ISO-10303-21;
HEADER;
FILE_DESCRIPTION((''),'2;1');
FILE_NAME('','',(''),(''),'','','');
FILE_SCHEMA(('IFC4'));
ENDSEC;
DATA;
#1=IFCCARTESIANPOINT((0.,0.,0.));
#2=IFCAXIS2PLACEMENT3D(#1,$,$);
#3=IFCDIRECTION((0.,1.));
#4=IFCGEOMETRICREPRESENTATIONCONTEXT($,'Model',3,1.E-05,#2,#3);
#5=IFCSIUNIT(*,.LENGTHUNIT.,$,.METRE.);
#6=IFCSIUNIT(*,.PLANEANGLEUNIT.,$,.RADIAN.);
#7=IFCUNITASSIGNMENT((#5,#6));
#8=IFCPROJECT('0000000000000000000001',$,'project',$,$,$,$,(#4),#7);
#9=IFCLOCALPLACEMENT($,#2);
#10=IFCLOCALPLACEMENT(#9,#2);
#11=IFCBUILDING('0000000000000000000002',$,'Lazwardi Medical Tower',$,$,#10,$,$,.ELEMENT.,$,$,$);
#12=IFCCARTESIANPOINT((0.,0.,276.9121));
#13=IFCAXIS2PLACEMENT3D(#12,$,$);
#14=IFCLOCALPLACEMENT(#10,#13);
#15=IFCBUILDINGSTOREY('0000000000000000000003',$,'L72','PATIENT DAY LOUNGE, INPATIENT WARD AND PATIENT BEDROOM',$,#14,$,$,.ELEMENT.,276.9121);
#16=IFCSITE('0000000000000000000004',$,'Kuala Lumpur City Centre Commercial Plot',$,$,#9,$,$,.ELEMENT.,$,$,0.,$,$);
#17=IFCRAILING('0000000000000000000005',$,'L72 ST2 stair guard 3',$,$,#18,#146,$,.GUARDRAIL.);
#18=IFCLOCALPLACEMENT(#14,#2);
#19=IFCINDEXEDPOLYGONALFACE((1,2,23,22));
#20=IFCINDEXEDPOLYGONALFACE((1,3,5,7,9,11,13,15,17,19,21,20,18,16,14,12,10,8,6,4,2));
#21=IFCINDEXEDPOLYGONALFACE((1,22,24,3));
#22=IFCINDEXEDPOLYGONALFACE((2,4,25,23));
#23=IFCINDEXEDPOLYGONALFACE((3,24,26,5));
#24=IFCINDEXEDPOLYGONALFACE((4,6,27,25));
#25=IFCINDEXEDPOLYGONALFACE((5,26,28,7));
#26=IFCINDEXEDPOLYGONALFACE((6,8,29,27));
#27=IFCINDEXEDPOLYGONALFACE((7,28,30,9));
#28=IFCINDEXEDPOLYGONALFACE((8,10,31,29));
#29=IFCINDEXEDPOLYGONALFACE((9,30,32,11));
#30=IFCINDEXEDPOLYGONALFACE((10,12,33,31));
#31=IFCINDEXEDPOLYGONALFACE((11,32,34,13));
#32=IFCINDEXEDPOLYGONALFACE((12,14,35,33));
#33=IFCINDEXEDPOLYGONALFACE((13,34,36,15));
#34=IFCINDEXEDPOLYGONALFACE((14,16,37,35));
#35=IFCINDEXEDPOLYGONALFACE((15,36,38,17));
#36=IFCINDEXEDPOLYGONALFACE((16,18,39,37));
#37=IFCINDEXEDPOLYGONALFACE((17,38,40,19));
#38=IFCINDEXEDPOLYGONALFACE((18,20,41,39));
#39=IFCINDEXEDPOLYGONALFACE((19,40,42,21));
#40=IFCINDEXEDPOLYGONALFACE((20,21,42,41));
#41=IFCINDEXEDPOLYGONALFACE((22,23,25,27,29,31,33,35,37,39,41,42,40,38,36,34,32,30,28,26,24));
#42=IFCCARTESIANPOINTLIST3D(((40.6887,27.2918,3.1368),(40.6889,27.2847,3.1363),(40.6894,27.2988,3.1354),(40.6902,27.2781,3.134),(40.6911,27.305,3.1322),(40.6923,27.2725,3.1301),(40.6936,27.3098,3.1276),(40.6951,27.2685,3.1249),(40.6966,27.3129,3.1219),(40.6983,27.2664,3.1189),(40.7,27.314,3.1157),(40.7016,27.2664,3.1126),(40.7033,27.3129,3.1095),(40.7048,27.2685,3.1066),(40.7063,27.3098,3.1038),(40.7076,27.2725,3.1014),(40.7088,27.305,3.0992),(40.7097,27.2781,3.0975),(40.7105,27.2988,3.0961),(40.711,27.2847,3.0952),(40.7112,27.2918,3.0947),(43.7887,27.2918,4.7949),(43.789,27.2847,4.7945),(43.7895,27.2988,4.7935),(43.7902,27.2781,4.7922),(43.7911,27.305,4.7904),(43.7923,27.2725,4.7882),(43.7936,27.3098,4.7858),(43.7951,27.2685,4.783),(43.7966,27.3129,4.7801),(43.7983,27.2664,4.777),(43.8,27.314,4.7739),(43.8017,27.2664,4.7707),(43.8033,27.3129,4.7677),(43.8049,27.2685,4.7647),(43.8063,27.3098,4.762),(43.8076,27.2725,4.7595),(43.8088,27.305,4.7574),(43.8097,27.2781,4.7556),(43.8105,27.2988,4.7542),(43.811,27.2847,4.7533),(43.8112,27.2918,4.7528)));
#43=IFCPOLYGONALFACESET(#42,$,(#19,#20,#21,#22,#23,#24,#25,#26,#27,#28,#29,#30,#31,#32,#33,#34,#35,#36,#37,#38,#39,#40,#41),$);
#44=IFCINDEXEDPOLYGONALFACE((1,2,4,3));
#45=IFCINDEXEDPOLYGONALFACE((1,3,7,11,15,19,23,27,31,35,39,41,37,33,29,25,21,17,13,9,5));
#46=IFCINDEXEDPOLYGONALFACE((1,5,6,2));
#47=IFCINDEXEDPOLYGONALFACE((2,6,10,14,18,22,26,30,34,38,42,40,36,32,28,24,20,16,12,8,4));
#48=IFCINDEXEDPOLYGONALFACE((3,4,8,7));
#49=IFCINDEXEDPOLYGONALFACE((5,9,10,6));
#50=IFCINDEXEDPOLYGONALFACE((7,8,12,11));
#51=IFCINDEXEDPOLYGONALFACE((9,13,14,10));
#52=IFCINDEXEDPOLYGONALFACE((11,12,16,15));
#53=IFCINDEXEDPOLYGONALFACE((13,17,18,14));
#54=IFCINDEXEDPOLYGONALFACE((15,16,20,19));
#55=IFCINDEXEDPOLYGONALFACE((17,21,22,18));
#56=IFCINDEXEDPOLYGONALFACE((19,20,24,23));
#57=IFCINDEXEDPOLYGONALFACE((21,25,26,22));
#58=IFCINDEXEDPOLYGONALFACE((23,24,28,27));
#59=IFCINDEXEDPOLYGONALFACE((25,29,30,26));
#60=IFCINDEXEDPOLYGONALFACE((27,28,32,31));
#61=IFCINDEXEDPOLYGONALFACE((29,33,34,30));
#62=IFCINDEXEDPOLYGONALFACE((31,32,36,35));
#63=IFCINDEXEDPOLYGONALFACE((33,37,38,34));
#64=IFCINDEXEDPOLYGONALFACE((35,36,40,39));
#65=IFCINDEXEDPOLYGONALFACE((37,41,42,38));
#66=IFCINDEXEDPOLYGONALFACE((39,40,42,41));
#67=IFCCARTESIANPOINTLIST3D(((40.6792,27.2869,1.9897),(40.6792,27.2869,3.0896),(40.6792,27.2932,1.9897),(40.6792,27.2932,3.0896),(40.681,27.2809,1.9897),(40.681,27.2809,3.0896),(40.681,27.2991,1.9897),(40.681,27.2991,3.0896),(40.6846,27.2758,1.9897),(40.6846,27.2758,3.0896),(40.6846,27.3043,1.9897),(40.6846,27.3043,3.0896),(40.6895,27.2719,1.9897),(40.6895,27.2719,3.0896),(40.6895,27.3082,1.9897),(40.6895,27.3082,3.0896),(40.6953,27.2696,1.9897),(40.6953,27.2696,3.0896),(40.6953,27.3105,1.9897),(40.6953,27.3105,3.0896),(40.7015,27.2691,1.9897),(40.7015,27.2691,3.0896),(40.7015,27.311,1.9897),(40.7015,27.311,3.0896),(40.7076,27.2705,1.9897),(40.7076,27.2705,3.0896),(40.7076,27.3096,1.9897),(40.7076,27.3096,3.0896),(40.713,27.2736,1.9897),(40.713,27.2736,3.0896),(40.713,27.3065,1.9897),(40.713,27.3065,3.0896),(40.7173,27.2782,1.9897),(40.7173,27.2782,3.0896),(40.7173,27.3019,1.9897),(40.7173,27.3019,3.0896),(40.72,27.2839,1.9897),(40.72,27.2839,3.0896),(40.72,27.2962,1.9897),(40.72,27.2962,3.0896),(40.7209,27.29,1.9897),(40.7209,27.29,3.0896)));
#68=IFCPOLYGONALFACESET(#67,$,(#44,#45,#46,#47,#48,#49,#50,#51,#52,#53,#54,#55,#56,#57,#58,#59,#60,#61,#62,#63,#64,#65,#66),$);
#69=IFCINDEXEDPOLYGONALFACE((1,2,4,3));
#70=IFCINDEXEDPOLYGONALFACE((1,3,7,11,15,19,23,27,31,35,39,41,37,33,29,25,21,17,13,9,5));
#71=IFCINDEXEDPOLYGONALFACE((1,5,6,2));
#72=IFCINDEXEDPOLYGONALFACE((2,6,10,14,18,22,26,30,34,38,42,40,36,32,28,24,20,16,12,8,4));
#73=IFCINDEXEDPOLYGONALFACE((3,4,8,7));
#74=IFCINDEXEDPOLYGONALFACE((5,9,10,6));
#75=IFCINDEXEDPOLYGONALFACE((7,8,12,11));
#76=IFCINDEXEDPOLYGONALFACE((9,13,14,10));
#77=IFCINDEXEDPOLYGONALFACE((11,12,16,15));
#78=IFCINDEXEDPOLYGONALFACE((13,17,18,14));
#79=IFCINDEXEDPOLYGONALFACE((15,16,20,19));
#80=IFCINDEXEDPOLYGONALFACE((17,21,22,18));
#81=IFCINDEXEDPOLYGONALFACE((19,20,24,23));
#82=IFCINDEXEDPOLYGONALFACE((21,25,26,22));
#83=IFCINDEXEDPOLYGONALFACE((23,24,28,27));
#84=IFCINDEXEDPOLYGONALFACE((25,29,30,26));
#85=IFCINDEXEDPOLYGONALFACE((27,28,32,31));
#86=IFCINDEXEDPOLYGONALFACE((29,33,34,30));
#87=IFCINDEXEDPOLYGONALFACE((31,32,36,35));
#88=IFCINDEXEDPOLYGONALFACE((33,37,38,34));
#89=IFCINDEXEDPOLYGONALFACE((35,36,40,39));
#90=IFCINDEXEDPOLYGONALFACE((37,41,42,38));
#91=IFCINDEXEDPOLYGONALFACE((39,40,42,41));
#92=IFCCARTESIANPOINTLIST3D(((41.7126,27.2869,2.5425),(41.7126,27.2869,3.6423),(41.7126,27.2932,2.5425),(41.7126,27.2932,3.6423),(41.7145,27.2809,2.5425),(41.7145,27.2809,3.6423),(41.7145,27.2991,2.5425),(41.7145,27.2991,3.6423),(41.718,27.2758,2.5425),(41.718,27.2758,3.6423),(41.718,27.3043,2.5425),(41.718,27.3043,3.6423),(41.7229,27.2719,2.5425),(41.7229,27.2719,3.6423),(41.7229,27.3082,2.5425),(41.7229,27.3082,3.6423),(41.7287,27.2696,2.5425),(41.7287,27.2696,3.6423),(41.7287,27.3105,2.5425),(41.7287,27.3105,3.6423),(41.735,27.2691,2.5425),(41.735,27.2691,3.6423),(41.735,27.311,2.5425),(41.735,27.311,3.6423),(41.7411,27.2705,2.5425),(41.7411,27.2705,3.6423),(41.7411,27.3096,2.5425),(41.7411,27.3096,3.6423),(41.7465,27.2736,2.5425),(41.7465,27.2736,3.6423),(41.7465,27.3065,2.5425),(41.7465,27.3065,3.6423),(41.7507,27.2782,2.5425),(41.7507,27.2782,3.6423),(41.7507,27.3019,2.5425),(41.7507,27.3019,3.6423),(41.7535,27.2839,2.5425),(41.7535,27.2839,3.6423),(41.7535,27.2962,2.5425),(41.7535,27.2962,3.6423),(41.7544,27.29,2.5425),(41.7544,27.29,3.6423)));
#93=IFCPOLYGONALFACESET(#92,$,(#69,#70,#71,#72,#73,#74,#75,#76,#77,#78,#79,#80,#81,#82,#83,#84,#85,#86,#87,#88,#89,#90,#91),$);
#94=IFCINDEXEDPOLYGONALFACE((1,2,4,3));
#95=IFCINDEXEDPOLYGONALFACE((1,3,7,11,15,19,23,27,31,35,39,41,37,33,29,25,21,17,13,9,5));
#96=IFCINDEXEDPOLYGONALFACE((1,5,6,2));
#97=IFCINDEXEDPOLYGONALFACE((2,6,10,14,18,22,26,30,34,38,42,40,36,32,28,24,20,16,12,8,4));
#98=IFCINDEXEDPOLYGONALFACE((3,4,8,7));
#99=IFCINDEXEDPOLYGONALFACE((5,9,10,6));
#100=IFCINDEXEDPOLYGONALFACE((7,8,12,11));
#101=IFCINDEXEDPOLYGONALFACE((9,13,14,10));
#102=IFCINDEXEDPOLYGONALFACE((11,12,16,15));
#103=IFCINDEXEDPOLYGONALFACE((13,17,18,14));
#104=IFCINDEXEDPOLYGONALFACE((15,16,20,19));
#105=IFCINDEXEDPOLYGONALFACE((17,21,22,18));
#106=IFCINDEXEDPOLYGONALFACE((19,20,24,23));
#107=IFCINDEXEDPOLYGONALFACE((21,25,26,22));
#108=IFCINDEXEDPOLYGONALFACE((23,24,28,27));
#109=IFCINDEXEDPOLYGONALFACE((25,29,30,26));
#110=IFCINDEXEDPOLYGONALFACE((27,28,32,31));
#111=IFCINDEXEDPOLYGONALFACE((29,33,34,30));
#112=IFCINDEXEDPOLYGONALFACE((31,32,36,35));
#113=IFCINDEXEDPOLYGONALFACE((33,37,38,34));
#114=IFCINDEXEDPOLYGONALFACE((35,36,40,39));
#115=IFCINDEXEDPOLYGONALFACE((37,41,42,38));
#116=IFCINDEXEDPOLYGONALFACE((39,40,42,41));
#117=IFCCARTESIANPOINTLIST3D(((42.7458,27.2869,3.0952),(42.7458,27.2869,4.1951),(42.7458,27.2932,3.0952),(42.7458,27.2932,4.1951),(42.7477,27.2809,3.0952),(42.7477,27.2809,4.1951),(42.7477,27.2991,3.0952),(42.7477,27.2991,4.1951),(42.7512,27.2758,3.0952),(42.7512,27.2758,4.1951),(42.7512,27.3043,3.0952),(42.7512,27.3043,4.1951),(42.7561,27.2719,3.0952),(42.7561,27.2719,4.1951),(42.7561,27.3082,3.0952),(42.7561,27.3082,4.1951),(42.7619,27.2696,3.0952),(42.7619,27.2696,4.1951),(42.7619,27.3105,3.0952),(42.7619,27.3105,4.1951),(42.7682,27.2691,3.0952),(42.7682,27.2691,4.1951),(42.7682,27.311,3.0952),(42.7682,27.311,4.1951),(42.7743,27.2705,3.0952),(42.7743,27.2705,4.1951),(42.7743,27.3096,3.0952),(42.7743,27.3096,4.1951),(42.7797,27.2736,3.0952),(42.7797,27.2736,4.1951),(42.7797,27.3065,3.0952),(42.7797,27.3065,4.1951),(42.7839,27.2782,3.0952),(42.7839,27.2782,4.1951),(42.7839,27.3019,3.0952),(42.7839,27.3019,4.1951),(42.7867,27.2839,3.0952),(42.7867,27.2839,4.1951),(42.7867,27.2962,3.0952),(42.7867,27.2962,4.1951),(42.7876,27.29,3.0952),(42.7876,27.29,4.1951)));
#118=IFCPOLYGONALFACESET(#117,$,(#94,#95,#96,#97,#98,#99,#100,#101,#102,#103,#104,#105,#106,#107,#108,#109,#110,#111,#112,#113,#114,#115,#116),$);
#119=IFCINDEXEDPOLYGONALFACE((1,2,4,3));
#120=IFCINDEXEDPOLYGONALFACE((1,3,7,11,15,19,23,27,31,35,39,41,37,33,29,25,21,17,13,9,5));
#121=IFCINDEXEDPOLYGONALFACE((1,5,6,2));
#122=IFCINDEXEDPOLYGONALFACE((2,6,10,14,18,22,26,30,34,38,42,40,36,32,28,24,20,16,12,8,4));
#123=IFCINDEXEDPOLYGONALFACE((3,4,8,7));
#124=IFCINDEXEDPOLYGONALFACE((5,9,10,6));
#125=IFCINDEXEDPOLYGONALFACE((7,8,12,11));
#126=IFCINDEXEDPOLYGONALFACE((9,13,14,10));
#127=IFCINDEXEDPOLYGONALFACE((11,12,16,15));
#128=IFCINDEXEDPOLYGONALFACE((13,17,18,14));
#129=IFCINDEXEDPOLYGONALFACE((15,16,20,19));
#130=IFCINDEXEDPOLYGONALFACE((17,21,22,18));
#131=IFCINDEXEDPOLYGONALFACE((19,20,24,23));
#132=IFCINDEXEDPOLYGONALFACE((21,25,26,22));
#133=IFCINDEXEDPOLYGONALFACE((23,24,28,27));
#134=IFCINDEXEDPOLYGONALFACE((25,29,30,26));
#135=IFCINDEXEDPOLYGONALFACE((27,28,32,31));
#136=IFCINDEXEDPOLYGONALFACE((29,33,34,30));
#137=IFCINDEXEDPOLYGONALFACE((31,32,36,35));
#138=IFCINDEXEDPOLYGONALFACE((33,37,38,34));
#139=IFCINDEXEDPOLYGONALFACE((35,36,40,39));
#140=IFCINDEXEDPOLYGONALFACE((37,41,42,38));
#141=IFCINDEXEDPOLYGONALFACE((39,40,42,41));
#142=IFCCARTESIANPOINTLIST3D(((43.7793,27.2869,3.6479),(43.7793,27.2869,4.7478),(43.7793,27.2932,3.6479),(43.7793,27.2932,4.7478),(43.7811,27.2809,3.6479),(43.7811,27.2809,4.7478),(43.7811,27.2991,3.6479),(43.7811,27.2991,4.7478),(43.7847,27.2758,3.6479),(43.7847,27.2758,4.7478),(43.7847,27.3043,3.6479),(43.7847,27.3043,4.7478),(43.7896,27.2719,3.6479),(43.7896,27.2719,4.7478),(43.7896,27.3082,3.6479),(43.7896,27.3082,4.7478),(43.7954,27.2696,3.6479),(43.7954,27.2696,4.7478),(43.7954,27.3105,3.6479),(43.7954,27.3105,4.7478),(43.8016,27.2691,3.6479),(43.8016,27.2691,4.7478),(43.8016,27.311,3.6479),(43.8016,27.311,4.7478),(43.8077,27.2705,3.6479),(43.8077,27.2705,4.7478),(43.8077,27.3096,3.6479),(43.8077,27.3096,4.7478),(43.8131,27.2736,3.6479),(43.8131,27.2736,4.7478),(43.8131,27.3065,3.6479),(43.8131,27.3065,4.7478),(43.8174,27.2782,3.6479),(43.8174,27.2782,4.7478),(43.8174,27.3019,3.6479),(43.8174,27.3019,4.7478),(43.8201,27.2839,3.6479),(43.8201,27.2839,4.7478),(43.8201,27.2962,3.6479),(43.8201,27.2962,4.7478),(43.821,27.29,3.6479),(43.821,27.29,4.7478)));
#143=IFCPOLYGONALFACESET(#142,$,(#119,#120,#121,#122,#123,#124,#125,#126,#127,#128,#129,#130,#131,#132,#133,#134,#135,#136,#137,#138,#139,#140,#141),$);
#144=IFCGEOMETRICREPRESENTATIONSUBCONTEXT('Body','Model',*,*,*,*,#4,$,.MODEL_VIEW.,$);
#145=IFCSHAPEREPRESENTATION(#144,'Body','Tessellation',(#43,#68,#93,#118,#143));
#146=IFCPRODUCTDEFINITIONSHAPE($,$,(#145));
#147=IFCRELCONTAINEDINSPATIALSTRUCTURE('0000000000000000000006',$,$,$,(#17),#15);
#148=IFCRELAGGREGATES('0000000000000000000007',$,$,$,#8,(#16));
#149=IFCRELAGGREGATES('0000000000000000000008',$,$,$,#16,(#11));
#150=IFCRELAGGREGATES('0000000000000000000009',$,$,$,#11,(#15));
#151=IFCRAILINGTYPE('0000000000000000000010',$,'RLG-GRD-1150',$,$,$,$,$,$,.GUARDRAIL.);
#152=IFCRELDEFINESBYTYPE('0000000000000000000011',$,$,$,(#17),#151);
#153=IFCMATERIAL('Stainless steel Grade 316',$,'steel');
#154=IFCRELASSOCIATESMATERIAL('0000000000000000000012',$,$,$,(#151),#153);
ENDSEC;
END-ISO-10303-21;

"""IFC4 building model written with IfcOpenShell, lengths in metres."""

from ifc_helpers import new_model, si_unit, direction, frame, origin, origin_2d, place, context, subcontext, project, spatial, circle, extrude, material, type_object, element, save


model = new_model("IFC4")

# Units and contexts
model_context = context("Model", 3, precision=1e-05, world=origin(), true_north=direction((0.0, 1.0)))
body_context = subcontext(model_context, "Body", "Model", "MODEL_VIEW")
ifc_project = project(units=[si_unit("LENGTHUNIT", "METRE"), si_unit("PLANEANGLEUNIT", "RADIAN")], contexts=[model_context])

# Site, building, storey
site_placement = place(None, origin())
site = spatial("IfcSite", under=ifc_project, at=site_placement, Name="Kuala Lumpur City Centre Commercial Plot", CompositionType="ELEMENT", RefElevation=0.0)
building_placement = place(site_placement, origin())
building = spatial("IfcBuilding", under=site, at=building_placement, Name="Lazwardi Medical Tower", CompositionType="ELEMENT")
storey_placement = place(building_placement, frame((0.0, 0.0, 276.9121)))
storey = spatial("IfcBuildingStorey", under=building, at=storey_placement, Name="L72", Description="PATIENT DAY LOUNGE, INPATIENT WARD AND PATIENT BEDROOM", CompositionType="ELEMENT", Elevation=276.9121)

# Railing
ifc_material_1 = material(Name="Stainless steel Grade 316", Category="steel")
railing_type_1 = type_object("IfcRailingType", Name="RLG-GRD-1150", PredefinedType="GUARDRAIL", material=ifc_material_1)
railing_1_placement = place(storey_placement, frame((40.7, 27.29, 1.9897)))
element("IfcRailing", 1, at=railing_1_placement, inside=storey, type_object=railing_type_1, Name="L72 ST2 stair guard 3", PredefinedType="GUARDRAIL", context=body_context, shape_type="SweptSolid", body=[
    extrude(circle(Radius=0.0239, at=origin_2d()), frame((0.0, 0.0, 1.126), z_axis=(0.881783, 0.0, 0.471655), x_axis=(0.0, 1.0, 0.0)), (0.0, 0.0, 1.0), 3.5156),
    extrude(circle(Radius=0.021, at=origin_2d()), origin(), (0.0, 0.0, 1.0), 1.0999),
    extrude(circle(Radius=0.021, at=origin_2d()), frame((1.0334, 0.0, 0.5527)), (0.0, 0.0, 1.0), 1.0999),
    extrude(circle(Radius=0.021, at=origin_2d()), frame((2.0667, 0.0, 1.1055)), (0.0, 0.0, 1.0), 1.0999),
    extrude(circle(Radius=0.021, at=origin_2d()), frame((3.1001, 0.0, 1.6582)), (0.0, 0.0, 1.0), 1.0999),
])

save(model, "model.ifc")
